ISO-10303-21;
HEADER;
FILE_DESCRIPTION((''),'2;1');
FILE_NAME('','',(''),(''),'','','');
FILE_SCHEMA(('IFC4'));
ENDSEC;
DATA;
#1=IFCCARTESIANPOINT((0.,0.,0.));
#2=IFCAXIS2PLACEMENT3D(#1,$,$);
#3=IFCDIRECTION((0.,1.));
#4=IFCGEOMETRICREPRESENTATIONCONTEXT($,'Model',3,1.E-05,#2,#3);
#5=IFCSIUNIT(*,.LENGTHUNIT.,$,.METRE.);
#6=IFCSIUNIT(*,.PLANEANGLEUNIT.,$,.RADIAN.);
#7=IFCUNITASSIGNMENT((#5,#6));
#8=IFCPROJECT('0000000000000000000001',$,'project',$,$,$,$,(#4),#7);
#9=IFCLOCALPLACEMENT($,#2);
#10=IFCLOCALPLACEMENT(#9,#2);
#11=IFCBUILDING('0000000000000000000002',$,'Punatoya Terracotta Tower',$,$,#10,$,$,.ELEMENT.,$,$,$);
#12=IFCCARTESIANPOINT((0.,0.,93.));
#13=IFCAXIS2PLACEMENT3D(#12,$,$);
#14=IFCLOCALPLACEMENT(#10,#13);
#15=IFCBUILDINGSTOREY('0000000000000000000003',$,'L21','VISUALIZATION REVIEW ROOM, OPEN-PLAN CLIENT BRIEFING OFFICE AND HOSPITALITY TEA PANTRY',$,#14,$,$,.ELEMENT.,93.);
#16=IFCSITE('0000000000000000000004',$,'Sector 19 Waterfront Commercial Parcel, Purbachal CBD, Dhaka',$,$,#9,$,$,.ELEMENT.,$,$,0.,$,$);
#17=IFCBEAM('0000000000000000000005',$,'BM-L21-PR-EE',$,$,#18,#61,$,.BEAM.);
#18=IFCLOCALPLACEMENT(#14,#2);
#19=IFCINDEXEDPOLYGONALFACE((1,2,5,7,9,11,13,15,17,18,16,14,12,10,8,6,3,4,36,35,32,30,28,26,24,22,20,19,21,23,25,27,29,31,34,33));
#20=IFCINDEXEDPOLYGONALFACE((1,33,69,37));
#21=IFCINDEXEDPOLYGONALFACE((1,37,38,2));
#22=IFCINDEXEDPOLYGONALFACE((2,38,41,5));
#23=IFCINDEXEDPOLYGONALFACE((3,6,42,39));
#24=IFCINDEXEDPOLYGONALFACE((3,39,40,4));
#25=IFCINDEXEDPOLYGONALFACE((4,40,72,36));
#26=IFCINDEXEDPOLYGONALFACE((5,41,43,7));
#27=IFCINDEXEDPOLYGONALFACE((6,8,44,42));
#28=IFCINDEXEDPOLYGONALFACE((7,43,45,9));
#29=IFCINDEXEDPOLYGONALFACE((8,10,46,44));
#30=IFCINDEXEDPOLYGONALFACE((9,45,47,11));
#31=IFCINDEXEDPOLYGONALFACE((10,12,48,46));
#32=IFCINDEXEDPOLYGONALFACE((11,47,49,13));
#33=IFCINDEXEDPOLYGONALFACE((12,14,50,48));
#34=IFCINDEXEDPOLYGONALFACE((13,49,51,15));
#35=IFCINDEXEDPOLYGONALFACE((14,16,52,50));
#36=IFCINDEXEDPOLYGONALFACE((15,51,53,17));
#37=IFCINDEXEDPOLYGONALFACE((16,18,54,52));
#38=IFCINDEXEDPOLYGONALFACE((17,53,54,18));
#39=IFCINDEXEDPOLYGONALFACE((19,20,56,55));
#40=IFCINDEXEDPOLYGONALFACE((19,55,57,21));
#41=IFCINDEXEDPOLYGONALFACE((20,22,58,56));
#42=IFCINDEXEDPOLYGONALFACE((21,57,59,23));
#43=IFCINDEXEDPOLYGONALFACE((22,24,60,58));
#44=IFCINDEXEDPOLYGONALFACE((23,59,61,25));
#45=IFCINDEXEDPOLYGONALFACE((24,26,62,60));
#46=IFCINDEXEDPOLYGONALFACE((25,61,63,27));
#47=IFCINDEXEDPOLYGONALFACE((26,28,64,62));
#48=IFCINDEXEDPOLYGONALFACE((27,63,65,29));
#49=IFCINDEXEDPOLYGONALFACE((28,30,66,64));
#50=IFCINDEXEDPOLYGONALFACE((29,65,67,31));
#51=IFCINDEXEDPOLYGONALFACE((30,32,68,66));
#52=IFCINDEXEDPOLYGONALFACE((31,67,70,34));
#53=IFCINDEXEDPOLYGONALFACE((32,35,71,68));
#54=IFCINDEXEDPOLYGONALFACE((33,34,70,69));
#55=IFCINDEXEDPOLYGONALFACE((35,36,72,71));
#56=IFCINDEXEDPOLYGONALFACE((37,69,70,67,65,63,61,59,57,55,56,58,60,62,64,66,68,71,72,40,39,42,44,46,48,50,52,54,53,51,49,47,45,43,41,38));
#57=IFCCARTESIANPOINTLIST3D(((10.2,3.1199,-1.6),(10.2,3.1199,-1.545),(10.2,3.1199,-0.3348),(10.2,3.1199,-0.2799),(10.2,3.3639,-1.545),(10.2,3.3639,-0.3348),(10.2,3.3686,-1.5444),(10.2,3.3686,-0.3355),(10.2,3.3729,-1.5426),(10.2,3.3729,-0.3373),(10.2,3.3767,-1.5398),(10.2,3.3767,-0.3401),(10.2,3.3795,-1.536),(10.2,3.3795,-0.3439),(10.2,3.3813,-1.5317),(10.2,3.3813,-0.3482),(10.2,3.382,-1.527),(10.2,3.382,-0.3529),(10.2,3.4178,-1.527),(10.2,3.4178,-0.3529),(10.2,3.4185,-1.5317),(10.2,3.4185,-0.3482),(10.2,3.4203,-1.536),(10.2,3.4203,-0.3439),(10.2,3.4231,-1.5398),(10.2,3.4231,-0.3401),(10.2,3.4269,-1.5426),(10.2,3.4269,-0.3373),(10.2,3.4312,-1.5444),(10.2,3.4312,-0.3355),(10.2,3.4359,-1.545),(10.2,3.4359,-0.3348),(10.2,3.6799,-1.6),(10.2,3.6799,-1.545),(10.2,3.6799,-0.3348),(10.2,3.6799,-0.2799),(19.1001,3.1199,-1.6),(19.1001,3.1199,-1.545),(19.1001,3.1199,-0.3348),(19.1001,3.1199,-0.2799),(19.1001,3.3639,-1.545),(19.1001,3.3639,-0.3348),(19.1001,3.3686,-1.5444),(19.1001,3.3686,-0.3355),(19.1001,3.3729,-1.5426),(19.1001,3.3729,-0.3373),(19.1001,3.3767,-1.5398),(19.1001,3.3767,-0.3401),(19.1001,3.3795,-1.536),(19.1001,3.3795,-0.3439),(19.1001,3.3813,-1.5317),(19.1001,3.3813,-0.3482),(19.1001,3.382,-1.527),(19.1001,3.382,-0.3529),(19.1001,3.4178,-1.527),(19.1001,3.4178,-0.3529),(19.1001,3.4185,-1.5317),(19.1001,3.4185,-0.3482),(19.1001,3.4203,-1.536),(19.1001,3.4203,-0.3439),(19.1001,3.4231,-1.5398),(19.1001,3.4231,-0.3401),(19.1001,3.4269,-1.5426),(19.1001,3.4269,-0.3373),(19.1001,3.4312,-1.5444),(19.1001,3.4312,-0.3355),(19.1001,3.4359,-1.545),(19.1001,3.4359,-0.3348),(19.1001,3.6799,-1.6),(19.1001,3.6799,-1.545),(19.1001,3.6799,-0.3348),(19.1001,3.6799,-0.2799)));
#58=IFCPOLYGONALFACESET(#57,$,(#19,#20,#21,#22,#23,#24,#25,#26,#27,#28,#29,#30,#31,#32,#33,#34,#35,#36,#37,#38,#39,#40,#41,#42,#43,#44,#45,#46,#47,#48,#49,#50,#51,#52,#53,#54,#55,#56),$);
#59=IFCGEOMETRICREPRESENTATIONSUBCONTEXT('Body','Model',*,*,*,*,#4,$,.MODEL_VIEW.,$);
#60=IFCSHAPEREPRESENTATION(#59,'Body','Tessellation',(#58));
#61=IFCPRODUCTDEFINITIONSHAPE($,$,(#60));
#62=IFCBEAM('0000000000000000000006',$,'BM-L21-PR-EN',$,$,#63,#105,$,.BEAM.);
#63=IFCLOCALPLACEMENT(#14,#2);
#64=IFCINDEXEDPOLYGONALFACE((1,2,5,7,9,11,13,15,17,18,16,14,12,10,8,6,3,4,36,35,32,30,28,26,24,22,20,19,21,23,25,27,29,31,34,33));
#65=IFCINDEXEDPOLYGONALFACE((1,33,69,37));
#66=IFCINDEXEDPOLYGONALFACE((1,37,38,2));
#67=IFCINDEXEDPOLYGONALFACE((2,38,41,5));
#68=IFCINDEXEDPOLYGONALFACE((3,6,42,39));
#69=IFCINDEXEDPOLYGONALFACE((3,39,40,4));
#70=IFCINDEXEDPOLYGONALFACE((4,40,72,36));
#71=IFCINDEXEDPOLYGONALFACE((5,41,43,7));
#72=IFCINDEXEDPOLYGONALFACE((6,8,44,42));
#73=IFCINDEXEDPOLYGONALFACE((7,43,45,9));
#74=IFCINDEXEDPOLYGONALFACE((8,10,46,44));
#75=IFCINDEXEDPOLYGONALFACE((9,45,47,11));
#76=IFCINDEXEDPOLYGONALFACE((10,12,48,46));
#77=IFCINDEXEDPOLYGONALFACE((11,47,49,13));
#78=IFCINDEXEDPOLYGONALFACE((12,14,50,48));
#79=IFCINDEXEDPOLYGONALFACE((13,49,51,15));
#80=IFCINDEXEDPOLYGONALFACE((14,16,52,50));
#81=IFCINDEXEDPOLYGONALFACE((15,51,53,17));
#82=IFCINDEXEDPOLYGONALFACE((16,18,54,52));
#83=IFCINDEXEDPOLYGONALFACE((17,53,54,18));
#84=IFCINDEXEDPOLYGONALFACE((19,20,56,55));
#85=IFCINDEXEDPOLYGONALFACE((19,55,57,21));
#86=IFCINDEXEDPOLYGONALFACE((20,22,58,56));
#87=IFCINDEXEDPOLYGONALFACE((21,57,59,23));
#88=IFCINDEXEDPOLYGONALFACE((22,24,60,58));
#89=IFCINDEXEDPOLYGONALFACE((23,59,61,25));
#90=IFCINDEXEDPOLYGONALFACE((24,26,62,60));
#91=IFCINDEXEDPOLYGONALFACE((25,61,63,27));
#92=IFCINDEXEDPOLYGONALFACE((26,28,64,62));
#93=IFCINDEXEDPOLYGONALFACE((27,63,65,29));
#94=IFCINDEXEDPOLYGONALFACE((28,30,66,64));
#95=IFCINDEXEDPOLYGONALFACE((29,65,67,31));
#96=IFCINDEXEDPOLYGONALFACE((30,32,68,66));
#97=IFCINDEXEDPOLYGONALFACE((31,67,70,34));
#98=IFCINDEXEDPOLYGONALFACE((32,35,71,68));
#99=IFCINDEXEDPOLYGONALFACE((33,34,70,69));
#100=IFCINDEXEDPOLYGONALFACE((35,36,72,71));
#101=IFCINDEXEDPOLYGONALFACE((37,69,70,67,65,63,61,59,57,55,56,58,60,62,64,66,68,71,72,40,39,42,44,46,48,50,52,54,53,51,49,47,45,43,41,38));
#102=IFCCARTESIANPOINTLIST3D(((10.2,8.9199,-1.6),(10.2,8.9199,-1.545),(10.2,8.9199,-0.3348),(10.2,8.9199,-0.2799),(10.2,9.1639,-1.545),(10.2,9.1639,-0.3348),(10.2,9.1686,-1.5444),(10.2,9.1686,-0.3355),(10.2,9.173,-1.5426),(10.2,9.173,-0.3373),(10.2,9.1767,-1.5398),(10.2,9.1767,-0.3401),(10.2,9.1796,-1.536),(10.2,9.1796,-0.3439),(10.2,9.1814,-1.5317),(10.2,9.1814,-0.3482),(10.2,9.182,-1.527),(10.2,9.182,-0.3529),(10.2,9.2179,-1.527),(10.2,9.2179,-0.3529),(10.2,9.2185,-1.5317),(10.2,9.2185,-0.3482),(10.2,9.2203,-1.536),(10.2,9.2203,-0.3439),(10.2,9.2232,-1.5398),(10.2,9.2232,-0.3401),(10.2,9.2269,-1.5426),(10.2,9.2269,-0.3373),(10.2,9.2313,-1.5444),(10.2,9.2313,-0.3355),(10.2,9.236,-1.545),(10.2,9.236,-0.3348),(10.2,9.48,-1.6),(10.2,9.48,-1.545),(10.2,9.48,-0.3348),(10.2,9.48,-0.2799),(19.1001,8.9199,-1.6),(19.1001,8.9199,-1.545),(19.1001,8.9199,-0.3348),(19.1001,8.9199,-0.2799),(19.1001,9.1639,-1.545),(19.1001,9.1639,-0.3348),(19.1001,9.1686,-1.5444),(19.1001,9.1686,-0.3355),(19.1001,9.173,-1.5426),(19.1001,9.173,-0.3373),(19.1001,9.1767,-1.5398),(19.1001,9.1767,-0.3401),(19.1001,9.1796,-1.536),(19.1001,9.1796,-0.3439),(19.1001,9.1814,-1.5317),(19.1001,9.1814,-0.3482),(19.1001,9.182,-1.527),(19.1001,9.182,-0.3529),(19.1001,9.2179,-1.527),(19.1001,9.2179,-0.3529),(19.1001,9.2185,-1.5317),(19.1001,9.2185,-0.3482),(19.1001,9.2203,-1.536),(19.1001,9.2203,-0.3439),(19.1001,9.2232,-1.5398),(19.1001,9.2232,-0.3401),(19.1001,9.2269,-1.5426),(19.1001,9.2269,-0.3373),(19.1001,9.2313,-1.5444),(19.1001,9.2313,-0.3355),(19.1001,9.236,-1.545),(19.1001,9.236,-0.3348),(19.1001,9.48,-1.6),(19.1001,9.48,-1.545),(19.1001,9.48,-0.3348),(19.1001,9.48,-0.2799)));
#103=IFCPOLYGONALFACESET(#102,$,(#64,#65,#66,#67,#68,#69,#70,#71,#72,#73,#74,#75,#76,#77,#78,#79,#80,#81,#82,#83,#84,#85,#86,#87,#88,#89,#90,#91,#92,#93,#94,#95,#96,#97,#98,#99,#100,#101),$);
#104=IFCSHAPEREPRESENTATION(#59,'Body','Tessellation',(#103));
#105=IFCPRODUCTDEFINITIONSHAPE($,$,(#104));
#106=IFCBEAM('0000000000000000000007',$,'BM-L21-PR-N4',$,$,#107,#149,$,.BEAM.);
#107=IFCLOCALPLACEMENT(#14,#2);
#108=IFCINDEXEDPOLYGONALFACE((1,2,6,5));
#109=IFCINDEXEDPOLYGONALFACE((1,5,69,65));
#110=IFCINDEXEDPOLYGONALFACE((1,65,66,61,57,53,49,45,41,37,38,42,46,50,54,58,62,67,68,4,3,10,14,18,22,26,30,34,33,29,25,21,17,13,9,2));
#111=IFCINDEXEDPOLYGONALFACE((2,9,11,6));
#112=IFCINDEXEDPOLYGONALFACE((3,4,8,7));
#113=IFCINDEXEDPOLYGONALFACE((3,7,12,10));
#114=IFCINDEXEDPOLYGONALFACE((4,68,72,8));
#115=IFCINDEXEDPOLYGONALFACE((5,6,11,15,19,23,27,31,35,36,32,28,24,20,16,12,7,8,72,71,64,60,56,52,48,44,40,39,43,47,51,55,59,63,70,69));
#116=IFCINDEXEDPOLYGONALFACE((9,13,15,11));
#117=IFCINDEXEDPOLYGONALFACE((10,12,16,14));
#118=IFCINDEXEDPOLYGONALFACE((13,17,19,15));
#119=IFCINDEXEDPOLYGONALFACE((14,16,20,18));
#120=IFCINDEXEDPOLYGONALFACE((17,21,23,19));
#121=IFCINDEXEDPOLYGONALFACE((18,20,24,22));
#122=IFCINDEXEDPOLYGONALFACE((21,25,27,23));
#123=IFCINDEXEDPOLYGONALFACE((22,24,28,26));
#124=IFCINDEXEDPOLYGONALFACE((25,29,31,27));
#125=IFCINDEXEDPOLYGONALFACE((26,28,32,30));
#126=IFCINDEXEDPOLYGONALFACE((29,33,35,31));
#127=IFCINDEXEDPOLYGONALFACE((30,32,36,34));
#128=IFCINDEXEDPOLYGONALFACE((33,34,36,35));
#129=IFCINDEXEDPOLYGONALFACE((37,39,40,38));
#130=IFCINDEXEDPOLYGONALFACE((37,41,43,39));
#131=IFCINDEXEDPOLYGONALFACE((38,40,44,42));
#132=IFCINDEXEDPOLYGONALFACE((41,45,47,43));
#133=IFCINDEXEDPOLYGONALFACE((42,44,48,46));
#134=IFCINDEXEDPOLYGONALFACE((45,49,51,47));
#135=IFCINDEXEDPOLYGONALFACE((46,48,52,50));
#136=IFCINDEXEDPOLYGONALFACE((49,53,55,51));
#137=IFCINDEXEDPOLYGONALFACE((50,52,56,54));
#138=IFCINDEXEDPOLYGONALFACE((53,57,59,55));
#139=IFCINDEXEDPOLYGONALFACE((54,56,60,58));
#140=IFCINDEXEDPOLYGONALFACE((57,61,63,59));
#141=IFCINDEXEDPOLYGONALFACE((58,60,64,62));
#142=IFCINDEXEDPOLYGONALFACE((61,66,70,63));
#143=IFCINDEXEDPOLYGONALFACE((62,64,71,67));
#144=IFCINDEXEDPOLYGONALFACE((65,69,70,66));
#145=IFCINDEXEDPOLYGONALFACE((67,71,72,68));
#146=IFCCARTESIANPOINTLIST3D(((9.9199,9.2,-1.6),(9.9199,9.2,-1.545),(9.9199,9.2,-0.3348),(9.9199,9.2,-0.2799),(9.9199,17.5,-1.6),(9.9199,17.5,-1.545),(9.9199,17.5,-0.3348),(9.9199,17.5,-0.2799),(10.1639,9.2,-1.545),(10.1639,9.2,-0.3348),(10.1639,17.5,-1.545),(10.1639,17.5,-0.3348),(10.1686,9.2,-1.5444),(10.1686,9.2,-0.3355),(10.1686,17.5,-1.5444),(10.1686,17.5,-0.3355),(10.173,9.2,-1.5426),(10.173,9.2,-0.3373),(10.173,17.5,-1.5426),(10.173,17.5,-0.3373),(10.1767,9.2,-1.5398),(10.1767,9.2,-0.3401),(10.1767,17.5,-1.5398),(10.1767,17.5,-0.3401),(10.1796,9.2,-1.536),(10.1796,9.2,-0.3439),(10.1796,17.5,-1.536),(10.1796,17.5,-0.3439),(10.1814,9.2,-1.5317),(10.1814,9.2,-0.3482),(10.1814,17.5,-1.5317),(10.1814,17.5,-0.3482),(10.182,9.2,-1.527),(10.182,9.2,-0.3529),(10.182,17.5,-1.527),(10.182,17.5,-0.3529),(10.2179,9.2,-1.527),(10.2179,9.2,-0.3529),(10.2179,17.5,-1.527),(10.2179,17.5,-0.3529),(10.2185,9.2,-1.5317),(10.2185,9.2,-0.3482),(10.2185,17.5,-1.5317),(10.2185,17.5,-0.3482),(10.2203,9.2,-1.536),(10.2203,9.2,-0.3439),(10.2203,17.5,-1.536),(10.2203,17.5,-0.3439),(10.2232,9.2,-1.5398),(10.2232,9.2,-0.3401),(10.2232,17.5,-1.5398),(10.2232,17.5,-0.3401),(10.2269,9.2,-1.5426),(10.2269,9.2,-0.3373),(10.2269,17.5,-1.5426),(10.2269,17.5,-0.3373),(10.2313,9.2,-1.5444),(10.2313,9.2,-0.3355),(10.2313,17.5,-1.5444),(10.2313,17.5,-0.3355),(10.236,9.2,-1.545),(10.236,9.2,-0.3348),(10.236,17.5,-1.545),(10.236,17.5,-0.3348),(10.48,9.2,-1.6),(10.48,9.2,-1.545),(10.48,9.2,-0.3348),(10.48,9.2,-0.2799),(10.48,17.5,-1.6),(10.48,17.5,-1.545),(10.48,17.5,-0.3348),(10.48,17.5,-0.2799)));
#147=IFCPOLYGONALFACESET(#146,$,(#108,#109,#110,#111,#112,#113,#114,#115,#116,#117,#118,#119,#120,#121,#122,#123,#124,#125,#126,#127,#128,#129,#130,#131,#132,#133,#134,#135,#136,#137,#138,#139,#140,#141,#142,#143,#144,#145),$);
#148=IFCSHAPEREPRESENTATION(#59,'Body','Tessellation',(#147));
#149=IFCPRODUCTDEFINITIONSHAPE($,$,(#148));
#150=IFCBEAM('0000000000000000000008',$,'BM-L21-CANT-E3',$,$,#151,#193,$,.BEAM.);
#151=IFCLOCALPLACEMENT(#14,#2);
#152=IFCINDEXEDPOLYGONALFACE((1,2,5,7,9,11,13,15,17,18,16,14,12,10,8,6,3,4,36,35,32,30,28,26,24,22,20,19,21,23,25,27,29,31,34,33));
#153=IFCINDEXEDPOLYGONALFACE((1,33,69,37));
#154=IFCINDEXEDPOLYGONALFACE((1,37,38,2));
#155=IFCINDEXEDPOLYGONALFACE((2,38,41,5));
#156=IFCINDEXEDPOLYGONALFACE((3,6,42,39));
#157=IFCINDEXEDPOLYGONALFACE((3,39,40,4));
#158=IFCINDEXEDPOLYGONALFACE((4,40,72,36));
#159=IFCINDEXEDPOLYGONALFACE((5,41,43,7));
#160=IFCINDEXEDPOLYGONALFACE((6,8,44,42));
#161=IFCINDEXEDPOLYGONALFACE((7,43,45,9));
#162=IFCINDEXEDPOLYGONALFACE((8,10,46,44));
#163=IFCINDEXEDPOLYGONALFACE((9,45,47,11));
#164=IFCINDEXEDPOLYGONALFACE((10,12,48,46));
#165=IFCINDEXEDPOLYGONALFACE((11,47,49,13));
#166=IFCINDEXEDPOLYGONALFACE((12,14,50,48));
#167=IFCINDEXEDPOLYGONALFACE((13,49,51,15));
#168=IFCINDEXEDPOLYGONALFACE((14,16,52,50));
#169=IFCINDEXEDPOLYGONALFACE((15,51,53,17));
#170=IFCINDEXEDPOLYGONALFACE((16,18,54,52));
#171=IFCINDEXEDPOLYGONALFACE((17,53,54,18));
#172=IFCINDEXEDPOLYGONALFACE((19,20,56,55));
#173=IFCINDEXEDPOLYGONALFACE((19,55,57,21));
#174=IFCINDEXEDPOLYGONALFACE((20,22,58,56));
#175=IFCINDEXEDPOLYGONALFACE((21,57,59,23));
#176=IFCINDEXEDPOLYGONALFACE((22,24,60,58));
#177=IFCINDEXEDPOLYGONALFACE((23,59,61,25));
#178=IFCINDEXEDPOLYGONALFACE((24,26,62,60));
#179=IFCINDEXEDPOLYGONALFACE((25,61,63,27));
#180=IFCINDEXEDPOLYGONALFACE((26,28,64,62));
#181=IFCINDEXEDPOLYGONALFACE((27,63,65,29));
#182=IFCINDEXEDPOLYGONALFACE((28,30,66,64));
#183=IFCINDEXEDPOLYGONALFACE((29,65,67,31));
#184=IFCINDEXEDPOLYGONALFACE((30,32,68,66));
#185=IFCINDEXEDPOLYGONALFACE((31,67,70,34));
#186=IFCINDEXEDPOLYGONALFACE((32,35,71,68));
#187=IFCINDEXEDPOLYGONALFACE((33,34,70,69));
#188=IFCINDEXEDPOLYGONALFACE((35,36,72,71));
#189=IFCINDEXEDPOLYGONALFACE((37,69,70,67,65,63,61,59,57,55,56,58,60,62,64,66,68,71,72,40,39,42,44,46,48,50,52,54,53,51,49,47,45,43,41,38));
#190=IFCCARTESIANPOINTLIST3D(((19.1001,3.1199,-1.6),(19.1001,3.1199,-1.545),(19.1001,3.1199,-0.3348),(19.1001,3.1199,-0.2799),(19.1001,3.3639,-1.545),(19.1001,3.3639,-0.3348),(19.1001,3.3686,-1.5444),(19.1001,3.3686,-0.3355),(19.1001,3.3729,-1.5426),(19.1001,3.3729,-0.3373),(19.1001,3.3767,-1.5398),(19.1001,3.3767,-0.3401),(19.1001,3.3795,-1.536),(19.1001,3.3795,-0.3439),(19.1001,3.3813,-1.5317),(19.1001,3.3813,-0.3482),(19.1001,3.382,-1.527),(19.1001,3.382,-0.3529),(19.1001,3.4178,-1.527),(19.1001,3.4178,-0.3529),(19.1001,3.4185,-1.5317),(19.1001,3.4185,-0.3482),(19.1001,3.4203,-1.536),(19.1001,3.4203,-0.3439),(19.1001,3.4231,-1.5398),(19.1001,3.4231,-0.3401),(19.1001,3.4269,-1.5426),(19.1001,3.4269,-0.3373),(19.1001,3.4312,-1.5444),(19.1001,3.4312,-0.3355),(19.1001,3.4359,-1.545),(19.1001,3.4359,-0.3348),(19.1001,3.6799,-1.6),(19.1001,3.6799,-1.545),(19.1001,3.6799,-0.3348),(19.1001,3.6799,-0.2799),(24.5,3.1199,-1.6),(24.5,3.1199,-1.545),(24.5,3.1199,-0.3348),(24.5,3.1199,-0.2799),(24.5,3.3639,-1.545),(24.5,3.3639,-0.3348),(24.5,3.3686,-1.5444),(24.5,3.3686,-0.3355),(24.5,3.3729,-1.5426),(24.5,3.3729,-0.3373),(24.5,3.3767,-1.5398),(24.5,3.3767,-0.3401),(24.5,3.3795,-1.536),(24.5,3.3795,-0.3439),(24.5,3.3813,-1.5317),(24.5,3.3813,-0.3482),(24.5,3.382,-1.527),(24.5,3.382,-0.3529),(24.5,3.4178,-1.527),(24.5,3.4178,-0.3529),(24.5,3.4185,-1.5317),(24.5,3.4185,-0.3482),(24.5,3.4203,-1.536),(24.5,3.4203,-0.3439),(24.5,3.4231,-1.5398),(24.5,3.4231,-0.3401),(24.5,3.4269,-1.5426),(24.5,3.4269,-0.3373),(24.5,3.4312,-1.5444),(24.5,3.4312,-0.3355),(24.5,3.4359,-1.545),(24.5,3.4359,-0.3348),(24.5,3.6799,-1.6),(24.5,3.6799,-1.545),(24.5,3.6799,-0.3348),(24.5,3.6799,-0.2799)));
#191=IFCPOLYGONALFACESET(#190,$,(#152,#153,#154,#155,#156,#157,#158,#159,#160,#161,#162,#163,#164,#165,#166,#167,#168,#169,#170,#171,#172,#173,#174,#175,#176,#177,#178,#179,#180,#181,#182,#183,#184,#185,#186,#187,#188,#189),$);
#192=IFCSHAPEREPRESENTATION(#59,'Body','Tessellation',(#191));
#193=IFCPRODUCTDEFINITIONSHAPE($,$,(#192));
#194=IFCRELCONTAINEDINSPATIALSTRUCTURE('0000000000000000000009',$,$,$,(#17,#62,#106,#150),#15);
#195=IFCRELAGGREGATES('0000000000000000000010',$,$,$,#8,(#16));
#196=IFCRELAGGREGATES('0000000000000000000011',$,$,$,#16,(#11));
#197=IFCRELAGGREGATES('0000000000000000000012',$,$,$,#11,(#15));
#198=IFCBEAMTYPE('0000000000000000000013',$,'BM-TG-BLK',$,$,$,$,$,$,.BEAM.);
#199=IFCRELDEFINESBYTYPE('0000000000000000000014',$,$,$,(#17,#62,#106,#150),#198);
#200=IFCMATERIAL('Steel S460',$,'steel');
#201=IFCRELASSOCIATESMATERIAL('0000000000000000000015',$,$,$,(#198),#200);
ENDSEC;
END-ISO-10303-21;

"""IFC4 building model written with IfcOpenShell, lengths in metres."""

from ifc_helpers import new_model, si_unit, direction, frame, origin, origin_2d, place, context, subcontext, project, spatial, i_section, extrude, material, material_profile, profile_set, type_object, element, save


model = new_model("IFC4")

# Units and contexts
model_context = context("Model", 3, precision=1e-05, world=origin(), true_north=direction((0.0, 1.0)))
body_context = subcontext(model_context, "Body", "Model", "MODEL_VIEW")
ifc_project = project(units=[si_unit("LENGTHUNIT", "METRE"), si_unit("PLANEANGLEUNIT", "RADIAN")], contexts=[model_context])

# Site, building, storey
site_placement = place(None, origin())
site = spatial("IfcSite", under=ifc_project, at=site_placement, Name="Sector 19 Waterfront Commercial Parcel, Purbachal CBD, Dhaka", CompositionType="ELEMENT", RefElevation=0.0)
building_placement = place(site_placement, origin())
building = spatial("IfcBuilding", under=site, at=building_placement, Name="Punatoya Terracotta Tower", CompositionType="ELEMENT")
storey_placement = place(building_placement, frame((0.0, 0.0, 93.0)))
storey = spatial("IfcBuildingStorey", under=building, at=storey_placement, Name="L21", Description="VISUALIZATION REVIEW ROOM, OPEN-PLAN CLIENT BRIEFING OFFICE AND HOSPITALITY TEA PANTRY", CompositionType="ELEMENT", Elevation=93.0)

# Shared definitions
ifc_material_1 = material(Name="Steel S460", Category="steel")

# Beams
ifc_material_profile_1 = material_profile(ifc_material_1, i_section(OverallWidth=0.5601, OverallDepth=1.3201, WebThickness=0.0359, FlangeThickness=0.0549, FilletRadius=0.0181, at=origin_2d()))
ifc_profile_set_1 = profile_set([ifc_material_profile_1], Name="Steel S460")
beam_type_1 = type_object("IfcBeamType", Name="BM-TG-BLK", PredefinedType="BEAM", material=ifc_profile_set_1)
for number, where, z_axis, x_axis, name in (
    (1, (10.2, 3.3999, -0.9399), (1.0, 0.0, 0.0), (0.0, 1.0, 0.0), "BM-L21-PR-EE"),
    (2, (10.2, 9.2, -0.9399), (1.0, 0.0, 0.0), (0.0, 1.0, 0.0), "BM-L21-PR-EN"),
):
    element("IfcBeam", number, at=place(storey_placement, frame(where, z_axis=z_axis, x_axis=x_axis)), inside=storey, type_object=beam_type_1, Name=name, PredefinedType="BEAM", context=body_context, shape_type="SweptSolid", body=[
        extrude(i_section(OverallWidth=0.5601, OverallDepth=1.3201, WebThickness=0.0359, FlangeThickness=0.0549, FilletRadius=0.0181, at=origin_2d()), origin(), (0.0, 0.0, 1.0), 8.9001),
    ])
beam_1_placement = place(storey_placement, frame((10.2, 9.2, -0.9399), z_axis=(0.0, 1.0, 0.0), x_axis=(-1.0, 0.0, 0.0)))
element("IfcBeam", 3, at=beam_1_placement, inside=storey, type_object=beam_type_1, Name="BM-L21-PR-N4", PredefinedType="BEAM", context=body_context, shape_type="SweptSolid", body=[
    extrude(i_section(OverallWidth=0.5601, OverallDepth=1.3201, WebThickness=0.0359, FlangeThickness=0.0549, FilletRadius=0.0181, at=origin_2d()), origin(), (0.0, 0.0, 1.0), 8.3),
])
beam_2_placement = place(storey_placement, frame((19.1001, 3.3999, -0.9399), z_axis=(1.0, 0.0, 0.0), x_axis=(0.0, 1.0, 0.0)))
element("IfcBeam", 4, at=beam_2_placement, inside=storey, type_object=beam_type_1, Name="BM-L21-CANT-E3", PredefinedType="BEAM", context=body_context, shape_type="SweptSolid", body=[
    extrude(i_section(OverallWidth=0.5601, OverallDepth=1.3201, WebThickness=0.0359, FlangeThickness=0.0549, FilletRadius=0.0181, at=origin_2d()), origin(), (0.0, 0.0, 1.0), 5.3999),
])

save(model, "model.ifc")
